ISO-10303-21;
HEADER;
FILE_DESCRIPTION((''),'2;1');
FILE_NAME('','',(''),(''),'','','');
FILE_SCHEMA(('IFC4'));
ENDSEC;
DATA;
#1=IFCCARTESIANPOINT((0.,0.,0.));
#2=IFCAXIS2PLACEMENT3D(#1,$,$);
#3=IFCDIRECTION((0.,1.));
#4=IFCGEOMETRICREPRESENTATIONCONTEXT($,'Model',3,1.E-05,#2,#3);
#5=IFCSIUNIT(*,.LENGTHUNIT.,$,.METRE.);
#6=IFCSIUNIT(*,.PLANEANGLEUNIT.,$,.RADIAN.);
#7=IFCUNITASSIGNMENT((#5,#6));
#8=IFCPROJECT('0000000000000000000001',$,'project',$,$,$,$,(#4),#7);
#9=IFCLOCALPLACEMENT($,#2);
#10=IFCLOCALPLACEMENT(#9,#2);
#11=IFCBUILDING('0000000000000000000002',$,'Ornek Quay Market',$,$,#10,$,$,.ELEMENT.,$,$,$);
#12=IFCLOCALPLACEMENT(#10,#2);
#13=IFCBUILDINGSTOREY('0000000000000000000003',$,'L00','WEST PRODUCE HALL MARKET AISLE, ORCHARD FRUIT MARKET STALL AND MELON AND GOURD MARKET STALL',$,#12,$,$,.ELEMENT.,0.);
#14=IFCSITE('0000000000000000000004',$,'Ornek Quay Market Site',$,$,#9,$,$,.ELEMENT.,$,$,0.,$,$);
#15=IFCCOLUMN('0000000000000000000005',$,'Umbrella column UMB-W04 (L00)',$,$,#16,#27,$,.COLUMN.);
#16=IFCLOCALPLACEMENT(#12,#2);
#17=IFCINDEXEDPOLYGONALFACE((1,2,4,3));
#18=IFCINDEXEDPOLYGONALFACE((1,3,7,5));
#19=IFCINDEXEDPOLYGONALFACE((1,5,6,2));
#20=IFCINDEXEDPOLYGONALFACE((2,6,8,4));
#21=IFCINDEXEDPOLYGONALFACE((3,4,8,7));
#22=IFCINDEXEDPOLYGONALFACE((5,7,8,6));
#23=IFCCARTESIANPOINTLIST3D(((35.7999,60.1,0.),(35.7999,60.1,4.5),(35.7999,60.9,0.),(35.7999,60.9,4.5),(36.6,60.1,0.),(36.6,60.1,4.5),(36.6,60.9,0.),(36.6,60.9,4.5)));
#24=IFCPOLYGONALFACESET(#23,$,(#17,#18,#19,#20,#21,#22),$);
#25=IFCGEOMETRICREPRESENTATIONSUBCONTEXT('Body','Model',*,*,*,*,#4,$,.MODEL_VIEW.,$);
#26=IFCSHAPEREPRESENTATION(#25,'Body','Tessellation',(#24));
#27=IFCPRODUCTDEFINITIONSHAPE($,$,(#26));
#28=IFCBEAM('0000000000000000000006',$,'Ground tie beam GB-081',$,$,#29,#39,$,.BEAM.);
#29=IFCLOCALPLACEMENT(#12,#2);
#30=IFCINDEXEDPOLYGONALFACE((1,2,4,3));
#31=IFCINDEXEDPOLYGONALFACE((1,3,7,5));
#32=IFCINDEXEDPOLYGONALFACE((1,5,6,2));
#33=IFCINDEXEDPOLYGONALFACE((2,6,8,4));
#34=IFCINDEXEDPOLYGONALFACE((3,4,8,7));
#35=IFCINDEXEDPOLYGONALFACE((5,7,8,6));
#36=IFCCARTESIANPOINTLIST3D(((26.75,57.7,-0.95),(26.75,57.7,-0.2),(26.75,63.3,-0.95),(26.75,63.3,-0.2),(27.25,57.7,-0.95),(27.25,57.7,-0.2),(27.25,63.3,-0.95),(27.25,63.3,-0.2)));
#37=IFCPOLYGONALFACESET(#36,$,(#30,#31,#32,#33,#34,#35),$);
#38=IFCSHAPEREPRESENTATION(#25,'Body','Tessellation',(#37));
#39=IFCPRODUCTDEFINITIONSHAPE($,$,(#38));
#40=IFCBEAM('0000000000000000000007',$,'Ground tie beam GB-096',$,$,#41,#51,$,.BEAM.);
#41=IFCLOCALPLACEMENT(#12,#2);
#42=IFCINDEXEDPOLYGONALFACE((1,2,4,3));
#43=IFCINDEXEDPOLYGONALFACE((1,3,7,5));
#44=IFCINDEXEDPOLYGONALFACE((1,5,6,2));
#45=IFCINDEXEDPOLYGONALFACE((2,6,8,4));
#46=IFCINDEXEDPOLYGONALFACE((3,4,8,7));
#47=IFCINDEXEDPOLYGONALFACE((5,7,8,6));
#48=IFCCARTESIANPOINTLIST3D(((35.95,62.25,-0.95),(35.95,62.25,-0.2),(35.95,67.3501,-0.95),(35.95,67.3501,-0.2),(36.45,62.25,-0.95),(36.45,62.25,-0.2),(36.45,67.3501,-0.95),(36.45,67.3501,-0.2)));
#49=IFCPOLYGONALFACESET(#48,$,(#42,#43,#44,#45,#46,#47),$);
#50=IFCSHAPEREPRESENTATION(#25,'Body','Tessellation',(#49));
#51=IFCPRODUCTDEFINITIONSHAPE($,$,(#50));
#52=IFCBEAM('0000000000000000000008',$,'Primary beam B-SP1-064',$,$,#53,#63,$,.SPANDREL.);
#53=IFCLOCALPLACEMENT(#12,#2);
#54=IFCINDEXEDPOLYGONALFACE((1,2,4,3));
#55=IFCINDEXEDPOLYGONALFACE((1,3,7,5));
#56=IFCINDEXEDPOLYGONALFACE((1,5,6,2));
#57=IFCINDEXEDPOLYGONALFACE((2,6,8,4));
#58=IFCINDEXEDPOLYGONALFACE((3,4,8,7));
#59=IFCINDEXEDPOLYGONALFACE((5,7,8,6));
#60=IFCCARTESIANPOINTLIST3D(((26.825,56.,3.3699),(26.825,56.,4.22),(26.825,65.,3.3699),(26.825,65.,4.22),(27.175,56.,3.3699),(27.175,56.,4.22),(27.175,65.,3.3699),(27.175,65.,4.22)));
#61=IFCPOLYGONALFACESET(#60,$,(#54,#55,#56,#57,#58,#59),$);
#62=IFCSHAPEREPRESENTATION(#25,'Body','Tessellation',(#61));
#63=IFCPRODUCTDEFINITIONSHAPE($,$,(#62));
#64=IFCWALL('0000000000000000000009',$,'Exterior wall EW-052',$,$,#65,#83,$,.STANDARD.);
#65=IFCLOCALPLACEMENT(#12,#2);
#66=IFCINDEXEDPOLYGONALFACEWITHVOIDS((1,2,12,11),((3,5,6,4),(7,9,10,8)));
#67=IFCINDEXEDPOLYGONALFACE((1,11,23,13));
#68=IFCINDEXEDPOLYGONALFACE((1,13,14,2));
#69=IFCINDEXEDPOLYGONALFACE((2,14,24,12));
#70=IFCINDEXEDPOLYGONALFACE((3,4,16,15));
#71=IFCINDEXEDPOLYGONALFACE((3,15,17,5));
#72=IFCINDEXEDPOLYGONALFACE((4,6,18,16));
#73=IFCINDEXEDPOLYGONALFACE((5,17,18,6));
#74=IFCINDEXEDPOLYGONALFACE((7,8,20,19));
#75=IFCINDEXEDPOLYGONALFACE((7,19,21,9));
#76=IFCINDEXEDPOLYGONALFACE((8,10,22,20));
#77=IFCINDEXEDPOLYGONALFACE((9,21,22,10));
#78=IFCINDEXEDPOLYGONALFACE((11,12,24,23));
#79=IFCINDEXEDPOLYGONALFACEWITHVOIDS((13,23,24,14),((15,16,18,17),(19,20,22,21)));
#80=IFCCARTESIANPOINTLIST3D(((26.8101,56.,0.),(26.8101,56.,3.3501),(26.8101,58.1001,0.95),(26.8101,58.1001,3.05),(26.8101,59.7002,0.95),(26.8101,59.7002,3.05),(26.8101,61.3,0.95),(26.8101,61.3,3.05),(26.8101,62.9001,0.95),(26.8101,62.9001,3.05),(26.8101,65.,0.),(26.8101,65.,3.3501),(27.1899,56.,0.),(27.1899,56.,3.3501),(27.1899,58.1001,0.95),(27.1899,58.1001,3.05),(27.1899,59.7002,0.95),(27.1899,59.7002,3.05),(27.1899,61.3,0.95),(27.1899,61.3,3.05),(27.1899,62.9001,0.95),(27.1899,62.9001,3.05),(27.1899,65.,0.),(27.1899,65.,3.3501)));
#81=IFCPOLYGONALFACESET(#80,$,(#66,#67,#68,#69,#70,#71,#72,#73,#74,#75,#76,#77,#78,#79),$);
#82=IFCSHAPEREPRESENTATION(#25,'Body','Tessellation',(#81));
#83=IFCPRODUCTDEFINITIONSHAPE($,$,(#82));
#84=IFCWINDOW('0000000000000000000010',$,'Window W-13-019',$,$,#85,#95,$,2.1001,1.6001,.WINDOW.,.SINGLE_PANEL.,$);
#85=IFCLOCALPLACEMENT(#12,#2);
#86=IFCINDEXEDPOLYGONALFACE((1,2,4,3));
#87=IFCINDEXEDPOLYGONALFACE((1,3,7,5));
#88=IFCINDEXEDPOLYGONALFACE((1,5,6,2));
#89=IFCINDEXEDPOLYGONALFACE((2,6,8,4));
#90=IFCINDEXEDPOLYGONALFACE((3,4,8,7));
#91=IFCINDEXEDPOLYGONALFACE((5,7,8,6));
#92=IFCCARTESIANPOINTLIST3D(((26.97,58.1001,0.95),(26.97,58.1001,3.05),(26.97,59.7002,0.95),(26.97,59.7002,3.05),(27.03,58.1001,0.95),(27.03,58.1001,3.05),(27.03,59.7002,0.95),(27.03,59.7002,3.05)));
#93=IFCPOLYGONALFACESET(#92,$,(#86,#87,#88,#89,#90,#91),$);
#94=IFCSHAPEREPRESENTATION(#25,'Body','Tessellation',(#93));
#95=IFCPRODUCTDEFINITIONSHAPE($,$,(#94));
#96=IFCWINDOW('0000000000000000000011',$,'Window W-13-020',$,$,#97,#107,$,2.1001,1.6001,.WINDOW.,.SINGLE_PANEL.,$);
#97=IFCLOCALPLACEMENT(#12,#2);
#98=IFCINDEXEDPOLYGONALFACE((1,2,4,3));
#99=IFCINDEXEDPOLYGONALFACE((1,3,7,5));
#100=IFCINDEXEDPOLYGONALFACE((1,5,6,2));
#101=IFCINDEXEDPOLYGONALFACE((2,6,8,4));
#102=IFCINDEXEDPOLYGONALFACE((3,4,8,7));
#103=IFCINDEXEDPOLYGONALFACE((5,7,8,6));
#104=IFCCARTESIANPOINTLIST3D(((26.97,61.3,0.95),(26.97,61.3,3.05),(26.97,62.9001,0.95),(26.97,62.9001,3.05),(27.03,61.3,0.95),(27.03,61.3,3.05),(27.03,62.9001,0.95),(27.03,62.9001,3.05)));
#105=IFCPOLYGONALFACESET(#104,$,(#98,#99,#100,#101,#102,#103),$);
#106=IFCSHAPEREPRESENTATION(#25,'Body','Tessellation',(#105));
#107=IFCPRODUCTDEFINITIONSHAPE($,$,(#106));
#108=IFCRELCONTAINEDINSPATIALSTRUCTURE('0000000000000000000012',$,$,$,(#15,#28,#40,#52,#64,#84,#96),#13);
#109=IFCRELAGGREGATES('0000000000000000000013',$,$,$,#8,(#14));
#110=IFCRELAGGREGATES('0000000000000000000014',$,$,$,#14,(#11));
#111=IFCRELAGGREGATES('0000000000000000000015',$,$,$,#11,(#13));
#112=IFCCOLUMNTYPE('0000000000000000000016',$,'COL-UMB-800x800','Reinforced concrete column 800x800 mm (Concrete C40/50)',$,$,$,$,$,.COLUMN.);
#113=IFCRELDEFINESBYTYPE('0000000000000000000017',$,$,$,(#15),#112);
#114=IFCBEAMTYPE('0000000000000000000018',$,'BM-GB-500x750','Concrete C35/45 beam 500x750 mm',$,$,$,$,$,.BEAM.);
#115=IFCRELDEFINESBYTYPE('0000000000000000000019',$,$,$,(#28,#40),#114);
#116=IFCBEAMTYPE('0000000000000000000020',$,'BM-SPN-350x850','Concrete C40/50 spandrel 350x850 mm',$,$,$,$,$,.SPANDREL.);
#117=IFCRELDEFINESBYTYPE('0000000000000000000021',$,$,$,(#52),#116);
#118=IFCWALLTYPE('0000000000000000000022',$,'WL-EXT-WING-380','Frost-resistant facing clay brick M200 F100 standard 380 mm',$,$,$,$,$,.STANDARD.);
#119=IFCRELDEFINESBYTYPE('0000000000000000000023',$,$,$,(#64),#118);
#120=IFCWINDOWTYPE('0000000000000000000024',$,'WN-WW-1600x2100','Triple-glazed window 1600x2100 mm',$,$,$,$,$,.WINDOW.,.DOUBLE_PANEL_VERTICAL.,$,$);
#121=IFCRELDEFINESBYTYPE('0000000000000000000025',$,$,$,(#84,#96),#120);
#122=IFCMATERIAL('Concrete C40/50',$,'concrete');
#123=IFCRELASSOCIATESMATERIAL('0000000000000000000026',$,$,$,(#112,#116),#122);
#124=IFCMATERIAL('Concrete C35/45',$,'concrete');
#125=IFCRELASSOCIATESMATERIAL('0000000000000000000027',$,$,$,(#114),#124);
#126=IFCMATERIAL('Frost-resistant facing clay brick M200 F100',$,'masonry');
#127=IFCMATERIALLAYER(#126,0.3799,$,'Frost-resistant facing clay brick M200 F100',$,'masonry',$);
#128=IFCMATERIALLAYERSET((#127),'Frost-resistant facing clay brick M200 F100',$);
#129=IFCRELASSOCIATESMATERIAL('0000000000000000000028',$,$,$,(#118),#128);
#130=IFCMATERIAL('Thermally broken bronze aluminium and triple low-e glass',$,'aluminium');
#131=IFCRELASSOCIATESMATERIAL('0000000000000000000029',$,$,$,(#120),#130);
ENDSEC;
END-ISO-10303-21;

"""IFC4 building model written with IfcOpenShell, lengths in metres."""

from ifc_helpers import new_model, si_unit, direction, frame, frame_2d, origin, origin_2d, place, context, subcontext, project, spatial, rectangle, extrude, material, layer, layer_set, material_profile, profile_set, type_object, element, fill, save


model = new_model("IFC4")

# Units and contexts
model_context = context("Model", 3, precision=1e-05, world=origin(), true_north=direction((0.0, 1.0)))
body_context = subcontext(model_context, "Body", "Model", "MODEL_VIEW")
ifc_project = project(units=[si_unit("LENGTHUNIT", "METRE"), si_unit("PLANEANGLEUNIT", "RADIAN")], contexts=[model_context])

# Site, building, storey
site_placement = place(None, origin())
site = spatial("IfcSite", under=ifc_project, at=site_placement, Name="Ornek Quay Market Site", CompositionType="ELEMENT", RefElevation=0.0)
building_placement = place(site_placement, origin())
building = spatial("IfcBuilding", under=site, at=building_placement, Name="Ornek Quay Market", CompositionType="ELEMENT")
storey_placement = place(building_placement, origin())
storey = spatial("IfcBuildingStorey", under=building, at=storey_placement, Name="L00", Description="WEST PRODUCE HALL MARKET AISLE, ORCHARD FRUIT MARKET STALL AND MELON AND GOURD MARKET STALL", CompositionType="ELEMENT", Elevation=0.0)

# Shared definitions
ifc_material_1 = material(Name="Concrete C35/45", Category="concrete")

# Column
ifc_material_2 = material(Name="Concrete C40/50", Category="concrete")
ifc_material_profile_1 = material_profile(ifc_material_2, rectangle(XDim=0.8, YDim=0.8, at=origin_2d()), Name="RC 800x800", Category="concrete")
ifc_profile_set_1 = profile_set([ifc_material_profile_1], Name="Concrete C40/50")
column_type_1 = type_object("IfcColumnType", Name="COL-UMB-800x800", Description="Reinforced concrete column 800x800 mm (Concrete C40/50)", PredefinedType="COLUMN", material=ifc_profile_set_1)
column_placement = place(storey_placement, frame((36.2, 60.5, 0.0), z_axis=(0.0, 0.0, 1.0), x_axis=(1.0, 0.0, 0.0)))
element("IfcColumn", 1, at=column_placement, inside=storey, type_object=column_type_1, Name="Umbrella column UMB-W04 (L00)", PredefinedType="COLUMN", context=body_context, shape_type="SweptSolid", body=[
    extrude(rectangle(XDim=0.8, YDim=0.8, at=origin_2d()), origin(), (0.0, 0.0, 1.0), 4.5),
])

# Beams
ifc_material_profile_2 = material_profile(ifc_material_1, rectangle(XDim=0.5, YDim=0.75, at=origin_2d()), Name="RC 500x750", Category="concrete")
ifc_profile_set_2 = profile_set([ifc_material_profile_2], Name="Concrete C35/45")
beam_type_1 = type_object("IfcBeamType", Name="BM-GB-500x750", Description="Concrete C35/45 beam 500x750 mm", PredefinedType="BEAM", material=ifc_profile_set_2)
beam_1_placement = place(storey_placement, frame((27.0, 57.7, -0.575), z_axis=(0.0, 1.0, 0.0), x_axis=(-1.0, 0.0, 0.0)))
element("IfcBeam", 2, at=beam_1_placement, inside=storey, type_object=beam_type_1, Name="Ground tie beam GB-081", PredefinedType="BEAM", context=body_context, shape_type="SweptSolid", body=[
    extrude(rectangle(XDim=0.5, YDim=0.75, at=origin_2d()), origin(), (0.0, 0.0, 1.0), 5.6001),
])
beam_2_placement = place(storey_placement, frame((36.2, 62.25, -0.575), z_axis=(0.0, 1.0, 0.0), x_axis=(-1.0, 0.0, 0.0)))
element("IfcBeam", 3, at=beam_2_placement, inside=storey, type_object=beam_type_1, Name="Ground tie beam GB-096", PredefinedType="BEAM", context=body_context, shape_type="SweptSolid", body=[
    extrude(rectangle(XDim=0.5, YDim=0.75, at=origin_2d()), origin(), (0.0, 0.0, 1.0), 5.1001),
])
ifc_material_profile_3 = material_profile(ifc_material_2, rectangle(XDim=0.3501, YDim=0.8501, at=origin_2d()), Name="RC 350x850", Category="concrete")
ifc_profile_set_3 = profile_set([ifc_material_profile_3], Name="Concrete C40/50")
beam_type_2 = type_object("IfcBeamType", Name="BM-SPN-350x850", Description="Concrete C40/50 spandrel 350x850 mm", PredefinedType="SPANDREL", material=ifc_profile_set_3)
beam_3_placement = place(storey_placement, frame((27.0, 56.0, 3.7949), z_axis=(0.0, 1.0, 0.0), x_axis=(-1.0, 0.0, 0.0)))
element("IfcBeam", 4, at=beam_3_placement, inside=storey, type_object=beam_type_2, Name="Primary beam B-SP1-064", PredefinedType="SPANDREL", context=body_context, shape_type="SweptSolid", body=[
    extrude(rectangle(XDim=0.3501, YDim=0.8501, at=origin_2d()), origin(), (0.0, 0.0, 1.0), 9.0),
])

# Wall, openings, windows
ifc_material_3 = material(Name="Frost-resistant facing clay brick M200 F100", Category="masonry")
ifc_layer_1 = layer(ifc_material_3, 0.3799, Name="Frost-resistant facing clay brick M200 F100", Category="masonry")
ifc_layer_set_1 = layer_set([ifc_layer_1], Name="Frost-resistant facing clay brick M200 F100")
wall_type = type_object("IfcWallType", Name="WL-EXT-WING-380", Description="Frost-resistant facing clay brick M200 F100 standard 380 mm", PredefinedType="STANDARD", material=ifc_layer_set_1)
wall_placement = place(storey_placement, frame((27.0, 56.0, 0.0), z_axis=(0.0, 0.0, 1.0), x_axis=(0.0, 1.0, 0.0)))
wall = element("IfcWall", 5, at=wall_placement, inside=storey, type_object=wall_type, Name="Exterior wall EW-052", PredefinedType="STANDARD", context=body_context, shape_type="SweptSolid", body=[
    extrude(rectangle(XDim=9.0, YDim=0.3799, at=frame_2d((4.5, 0.0))), origin(), (0.0, 0.0, 1.0), 3.3501),
])
opening_1_placement = place(wall_placement, frame((2.1001, 0.0, 0.95)))
opening_1 = element("IfcOpeningElement", 6, at=opening_1_placement, cuts=wall, PredefinedType="OPENING", context=body_context, shape_type="SweptSolid", body=[
    extrude(rectangle(XDim=1.6001, YDim=2.1001, at=frame_2d((0.8, 1.05))), frame((0.0, 0.2, 0.0), z_axis=(0.0, -1.0, 0.0), x_axis=(1.0, 0.0, 0.0)), (0.0, 0.0, 1.0), 0.3999),
])
opening_2_placement = place(wall_placement, frame((5.3, 0.0, 0.95)))
opening_2 = element("IfcOpeningElement", 7, at=opening_2_placement, cuts=wall, PredefinedType="OPENING", context=body_context, shape_type="SweptSolid", body=[
    extrude(rectangle(XDim=1.6001, YDim=2.1001, at=frame_2d((0.8, 1.05))), frame((0.0, 0.2, 0.0), z_axis=(0.0, -1.0, 0.0), x_axis=(1.0, 0.0, 0.0)), (0.0, 0.0, 1.0), 0.3999),
])
ifc_material_4 = material(Name="Thermally broken bronze aluminium and triple low-e glass", Category="aluminium")
window_type = type_object("IfcWindowType", Name="WN-WW-1600x2100", Description="Triple-glazed window 1600x2100 mm", PartitioningType="DOUBLE_PANEL_VERTICAL", PredefinedType="WINDOW", material=ifc_material_4)
window_1_placement = place(opening_1_placement, origin())
window_1 = element("IfcWindow", 8, at=window_1_placement, inside=storey, type_object=window_type, Name="Window W-13-019", OverallHeight=2.1001, OverallWidth=1.6001, PartitioningType="SINGLE_PANEL", PredefinedType="WINDOW", context=body_context, shape_type="SweptSolid", body=[
    extrude(rectangle(XDim=1.6001, YDim=2.1001, at=frame_2d((0.8, 1.05))), frame((0.0, 0.03, 0.0), z_axis=(0.0, -1.0, 0.0), x_axis=(1.0, 0.0, 0.0)), (0.0, 0.0, 1.0), 0.0601),
])
fill(opening_1, window_1)
window_2_placement = place(opening_2_placement, origin())
window_2 = element("IfcWindow", 9, at=window_2_placement, inside=storey, type_object=window_type, Name="Window W-13-020", OverallHeight=2.1001, OverallWidth=1.6001, PartitioningType="SINGLE_PANEL", PredefinedType="WINDOW", context=body_context, shape_type="SweptSolid", body=[
    extrude(rectangle(XDim=1.6001, YDim=2.1001, at=frame_2d((0.8, 1.05))), frame((0.0, 0.03, 0.0), z_axis=(0.0, -1.0, 0.0), x_axis=(1.0, 0.0, 0.0)), (0.0, 0.0, 1.0), 0.0601),
])
fill(opening_2, window_2)

save(model, "model.ifc")
